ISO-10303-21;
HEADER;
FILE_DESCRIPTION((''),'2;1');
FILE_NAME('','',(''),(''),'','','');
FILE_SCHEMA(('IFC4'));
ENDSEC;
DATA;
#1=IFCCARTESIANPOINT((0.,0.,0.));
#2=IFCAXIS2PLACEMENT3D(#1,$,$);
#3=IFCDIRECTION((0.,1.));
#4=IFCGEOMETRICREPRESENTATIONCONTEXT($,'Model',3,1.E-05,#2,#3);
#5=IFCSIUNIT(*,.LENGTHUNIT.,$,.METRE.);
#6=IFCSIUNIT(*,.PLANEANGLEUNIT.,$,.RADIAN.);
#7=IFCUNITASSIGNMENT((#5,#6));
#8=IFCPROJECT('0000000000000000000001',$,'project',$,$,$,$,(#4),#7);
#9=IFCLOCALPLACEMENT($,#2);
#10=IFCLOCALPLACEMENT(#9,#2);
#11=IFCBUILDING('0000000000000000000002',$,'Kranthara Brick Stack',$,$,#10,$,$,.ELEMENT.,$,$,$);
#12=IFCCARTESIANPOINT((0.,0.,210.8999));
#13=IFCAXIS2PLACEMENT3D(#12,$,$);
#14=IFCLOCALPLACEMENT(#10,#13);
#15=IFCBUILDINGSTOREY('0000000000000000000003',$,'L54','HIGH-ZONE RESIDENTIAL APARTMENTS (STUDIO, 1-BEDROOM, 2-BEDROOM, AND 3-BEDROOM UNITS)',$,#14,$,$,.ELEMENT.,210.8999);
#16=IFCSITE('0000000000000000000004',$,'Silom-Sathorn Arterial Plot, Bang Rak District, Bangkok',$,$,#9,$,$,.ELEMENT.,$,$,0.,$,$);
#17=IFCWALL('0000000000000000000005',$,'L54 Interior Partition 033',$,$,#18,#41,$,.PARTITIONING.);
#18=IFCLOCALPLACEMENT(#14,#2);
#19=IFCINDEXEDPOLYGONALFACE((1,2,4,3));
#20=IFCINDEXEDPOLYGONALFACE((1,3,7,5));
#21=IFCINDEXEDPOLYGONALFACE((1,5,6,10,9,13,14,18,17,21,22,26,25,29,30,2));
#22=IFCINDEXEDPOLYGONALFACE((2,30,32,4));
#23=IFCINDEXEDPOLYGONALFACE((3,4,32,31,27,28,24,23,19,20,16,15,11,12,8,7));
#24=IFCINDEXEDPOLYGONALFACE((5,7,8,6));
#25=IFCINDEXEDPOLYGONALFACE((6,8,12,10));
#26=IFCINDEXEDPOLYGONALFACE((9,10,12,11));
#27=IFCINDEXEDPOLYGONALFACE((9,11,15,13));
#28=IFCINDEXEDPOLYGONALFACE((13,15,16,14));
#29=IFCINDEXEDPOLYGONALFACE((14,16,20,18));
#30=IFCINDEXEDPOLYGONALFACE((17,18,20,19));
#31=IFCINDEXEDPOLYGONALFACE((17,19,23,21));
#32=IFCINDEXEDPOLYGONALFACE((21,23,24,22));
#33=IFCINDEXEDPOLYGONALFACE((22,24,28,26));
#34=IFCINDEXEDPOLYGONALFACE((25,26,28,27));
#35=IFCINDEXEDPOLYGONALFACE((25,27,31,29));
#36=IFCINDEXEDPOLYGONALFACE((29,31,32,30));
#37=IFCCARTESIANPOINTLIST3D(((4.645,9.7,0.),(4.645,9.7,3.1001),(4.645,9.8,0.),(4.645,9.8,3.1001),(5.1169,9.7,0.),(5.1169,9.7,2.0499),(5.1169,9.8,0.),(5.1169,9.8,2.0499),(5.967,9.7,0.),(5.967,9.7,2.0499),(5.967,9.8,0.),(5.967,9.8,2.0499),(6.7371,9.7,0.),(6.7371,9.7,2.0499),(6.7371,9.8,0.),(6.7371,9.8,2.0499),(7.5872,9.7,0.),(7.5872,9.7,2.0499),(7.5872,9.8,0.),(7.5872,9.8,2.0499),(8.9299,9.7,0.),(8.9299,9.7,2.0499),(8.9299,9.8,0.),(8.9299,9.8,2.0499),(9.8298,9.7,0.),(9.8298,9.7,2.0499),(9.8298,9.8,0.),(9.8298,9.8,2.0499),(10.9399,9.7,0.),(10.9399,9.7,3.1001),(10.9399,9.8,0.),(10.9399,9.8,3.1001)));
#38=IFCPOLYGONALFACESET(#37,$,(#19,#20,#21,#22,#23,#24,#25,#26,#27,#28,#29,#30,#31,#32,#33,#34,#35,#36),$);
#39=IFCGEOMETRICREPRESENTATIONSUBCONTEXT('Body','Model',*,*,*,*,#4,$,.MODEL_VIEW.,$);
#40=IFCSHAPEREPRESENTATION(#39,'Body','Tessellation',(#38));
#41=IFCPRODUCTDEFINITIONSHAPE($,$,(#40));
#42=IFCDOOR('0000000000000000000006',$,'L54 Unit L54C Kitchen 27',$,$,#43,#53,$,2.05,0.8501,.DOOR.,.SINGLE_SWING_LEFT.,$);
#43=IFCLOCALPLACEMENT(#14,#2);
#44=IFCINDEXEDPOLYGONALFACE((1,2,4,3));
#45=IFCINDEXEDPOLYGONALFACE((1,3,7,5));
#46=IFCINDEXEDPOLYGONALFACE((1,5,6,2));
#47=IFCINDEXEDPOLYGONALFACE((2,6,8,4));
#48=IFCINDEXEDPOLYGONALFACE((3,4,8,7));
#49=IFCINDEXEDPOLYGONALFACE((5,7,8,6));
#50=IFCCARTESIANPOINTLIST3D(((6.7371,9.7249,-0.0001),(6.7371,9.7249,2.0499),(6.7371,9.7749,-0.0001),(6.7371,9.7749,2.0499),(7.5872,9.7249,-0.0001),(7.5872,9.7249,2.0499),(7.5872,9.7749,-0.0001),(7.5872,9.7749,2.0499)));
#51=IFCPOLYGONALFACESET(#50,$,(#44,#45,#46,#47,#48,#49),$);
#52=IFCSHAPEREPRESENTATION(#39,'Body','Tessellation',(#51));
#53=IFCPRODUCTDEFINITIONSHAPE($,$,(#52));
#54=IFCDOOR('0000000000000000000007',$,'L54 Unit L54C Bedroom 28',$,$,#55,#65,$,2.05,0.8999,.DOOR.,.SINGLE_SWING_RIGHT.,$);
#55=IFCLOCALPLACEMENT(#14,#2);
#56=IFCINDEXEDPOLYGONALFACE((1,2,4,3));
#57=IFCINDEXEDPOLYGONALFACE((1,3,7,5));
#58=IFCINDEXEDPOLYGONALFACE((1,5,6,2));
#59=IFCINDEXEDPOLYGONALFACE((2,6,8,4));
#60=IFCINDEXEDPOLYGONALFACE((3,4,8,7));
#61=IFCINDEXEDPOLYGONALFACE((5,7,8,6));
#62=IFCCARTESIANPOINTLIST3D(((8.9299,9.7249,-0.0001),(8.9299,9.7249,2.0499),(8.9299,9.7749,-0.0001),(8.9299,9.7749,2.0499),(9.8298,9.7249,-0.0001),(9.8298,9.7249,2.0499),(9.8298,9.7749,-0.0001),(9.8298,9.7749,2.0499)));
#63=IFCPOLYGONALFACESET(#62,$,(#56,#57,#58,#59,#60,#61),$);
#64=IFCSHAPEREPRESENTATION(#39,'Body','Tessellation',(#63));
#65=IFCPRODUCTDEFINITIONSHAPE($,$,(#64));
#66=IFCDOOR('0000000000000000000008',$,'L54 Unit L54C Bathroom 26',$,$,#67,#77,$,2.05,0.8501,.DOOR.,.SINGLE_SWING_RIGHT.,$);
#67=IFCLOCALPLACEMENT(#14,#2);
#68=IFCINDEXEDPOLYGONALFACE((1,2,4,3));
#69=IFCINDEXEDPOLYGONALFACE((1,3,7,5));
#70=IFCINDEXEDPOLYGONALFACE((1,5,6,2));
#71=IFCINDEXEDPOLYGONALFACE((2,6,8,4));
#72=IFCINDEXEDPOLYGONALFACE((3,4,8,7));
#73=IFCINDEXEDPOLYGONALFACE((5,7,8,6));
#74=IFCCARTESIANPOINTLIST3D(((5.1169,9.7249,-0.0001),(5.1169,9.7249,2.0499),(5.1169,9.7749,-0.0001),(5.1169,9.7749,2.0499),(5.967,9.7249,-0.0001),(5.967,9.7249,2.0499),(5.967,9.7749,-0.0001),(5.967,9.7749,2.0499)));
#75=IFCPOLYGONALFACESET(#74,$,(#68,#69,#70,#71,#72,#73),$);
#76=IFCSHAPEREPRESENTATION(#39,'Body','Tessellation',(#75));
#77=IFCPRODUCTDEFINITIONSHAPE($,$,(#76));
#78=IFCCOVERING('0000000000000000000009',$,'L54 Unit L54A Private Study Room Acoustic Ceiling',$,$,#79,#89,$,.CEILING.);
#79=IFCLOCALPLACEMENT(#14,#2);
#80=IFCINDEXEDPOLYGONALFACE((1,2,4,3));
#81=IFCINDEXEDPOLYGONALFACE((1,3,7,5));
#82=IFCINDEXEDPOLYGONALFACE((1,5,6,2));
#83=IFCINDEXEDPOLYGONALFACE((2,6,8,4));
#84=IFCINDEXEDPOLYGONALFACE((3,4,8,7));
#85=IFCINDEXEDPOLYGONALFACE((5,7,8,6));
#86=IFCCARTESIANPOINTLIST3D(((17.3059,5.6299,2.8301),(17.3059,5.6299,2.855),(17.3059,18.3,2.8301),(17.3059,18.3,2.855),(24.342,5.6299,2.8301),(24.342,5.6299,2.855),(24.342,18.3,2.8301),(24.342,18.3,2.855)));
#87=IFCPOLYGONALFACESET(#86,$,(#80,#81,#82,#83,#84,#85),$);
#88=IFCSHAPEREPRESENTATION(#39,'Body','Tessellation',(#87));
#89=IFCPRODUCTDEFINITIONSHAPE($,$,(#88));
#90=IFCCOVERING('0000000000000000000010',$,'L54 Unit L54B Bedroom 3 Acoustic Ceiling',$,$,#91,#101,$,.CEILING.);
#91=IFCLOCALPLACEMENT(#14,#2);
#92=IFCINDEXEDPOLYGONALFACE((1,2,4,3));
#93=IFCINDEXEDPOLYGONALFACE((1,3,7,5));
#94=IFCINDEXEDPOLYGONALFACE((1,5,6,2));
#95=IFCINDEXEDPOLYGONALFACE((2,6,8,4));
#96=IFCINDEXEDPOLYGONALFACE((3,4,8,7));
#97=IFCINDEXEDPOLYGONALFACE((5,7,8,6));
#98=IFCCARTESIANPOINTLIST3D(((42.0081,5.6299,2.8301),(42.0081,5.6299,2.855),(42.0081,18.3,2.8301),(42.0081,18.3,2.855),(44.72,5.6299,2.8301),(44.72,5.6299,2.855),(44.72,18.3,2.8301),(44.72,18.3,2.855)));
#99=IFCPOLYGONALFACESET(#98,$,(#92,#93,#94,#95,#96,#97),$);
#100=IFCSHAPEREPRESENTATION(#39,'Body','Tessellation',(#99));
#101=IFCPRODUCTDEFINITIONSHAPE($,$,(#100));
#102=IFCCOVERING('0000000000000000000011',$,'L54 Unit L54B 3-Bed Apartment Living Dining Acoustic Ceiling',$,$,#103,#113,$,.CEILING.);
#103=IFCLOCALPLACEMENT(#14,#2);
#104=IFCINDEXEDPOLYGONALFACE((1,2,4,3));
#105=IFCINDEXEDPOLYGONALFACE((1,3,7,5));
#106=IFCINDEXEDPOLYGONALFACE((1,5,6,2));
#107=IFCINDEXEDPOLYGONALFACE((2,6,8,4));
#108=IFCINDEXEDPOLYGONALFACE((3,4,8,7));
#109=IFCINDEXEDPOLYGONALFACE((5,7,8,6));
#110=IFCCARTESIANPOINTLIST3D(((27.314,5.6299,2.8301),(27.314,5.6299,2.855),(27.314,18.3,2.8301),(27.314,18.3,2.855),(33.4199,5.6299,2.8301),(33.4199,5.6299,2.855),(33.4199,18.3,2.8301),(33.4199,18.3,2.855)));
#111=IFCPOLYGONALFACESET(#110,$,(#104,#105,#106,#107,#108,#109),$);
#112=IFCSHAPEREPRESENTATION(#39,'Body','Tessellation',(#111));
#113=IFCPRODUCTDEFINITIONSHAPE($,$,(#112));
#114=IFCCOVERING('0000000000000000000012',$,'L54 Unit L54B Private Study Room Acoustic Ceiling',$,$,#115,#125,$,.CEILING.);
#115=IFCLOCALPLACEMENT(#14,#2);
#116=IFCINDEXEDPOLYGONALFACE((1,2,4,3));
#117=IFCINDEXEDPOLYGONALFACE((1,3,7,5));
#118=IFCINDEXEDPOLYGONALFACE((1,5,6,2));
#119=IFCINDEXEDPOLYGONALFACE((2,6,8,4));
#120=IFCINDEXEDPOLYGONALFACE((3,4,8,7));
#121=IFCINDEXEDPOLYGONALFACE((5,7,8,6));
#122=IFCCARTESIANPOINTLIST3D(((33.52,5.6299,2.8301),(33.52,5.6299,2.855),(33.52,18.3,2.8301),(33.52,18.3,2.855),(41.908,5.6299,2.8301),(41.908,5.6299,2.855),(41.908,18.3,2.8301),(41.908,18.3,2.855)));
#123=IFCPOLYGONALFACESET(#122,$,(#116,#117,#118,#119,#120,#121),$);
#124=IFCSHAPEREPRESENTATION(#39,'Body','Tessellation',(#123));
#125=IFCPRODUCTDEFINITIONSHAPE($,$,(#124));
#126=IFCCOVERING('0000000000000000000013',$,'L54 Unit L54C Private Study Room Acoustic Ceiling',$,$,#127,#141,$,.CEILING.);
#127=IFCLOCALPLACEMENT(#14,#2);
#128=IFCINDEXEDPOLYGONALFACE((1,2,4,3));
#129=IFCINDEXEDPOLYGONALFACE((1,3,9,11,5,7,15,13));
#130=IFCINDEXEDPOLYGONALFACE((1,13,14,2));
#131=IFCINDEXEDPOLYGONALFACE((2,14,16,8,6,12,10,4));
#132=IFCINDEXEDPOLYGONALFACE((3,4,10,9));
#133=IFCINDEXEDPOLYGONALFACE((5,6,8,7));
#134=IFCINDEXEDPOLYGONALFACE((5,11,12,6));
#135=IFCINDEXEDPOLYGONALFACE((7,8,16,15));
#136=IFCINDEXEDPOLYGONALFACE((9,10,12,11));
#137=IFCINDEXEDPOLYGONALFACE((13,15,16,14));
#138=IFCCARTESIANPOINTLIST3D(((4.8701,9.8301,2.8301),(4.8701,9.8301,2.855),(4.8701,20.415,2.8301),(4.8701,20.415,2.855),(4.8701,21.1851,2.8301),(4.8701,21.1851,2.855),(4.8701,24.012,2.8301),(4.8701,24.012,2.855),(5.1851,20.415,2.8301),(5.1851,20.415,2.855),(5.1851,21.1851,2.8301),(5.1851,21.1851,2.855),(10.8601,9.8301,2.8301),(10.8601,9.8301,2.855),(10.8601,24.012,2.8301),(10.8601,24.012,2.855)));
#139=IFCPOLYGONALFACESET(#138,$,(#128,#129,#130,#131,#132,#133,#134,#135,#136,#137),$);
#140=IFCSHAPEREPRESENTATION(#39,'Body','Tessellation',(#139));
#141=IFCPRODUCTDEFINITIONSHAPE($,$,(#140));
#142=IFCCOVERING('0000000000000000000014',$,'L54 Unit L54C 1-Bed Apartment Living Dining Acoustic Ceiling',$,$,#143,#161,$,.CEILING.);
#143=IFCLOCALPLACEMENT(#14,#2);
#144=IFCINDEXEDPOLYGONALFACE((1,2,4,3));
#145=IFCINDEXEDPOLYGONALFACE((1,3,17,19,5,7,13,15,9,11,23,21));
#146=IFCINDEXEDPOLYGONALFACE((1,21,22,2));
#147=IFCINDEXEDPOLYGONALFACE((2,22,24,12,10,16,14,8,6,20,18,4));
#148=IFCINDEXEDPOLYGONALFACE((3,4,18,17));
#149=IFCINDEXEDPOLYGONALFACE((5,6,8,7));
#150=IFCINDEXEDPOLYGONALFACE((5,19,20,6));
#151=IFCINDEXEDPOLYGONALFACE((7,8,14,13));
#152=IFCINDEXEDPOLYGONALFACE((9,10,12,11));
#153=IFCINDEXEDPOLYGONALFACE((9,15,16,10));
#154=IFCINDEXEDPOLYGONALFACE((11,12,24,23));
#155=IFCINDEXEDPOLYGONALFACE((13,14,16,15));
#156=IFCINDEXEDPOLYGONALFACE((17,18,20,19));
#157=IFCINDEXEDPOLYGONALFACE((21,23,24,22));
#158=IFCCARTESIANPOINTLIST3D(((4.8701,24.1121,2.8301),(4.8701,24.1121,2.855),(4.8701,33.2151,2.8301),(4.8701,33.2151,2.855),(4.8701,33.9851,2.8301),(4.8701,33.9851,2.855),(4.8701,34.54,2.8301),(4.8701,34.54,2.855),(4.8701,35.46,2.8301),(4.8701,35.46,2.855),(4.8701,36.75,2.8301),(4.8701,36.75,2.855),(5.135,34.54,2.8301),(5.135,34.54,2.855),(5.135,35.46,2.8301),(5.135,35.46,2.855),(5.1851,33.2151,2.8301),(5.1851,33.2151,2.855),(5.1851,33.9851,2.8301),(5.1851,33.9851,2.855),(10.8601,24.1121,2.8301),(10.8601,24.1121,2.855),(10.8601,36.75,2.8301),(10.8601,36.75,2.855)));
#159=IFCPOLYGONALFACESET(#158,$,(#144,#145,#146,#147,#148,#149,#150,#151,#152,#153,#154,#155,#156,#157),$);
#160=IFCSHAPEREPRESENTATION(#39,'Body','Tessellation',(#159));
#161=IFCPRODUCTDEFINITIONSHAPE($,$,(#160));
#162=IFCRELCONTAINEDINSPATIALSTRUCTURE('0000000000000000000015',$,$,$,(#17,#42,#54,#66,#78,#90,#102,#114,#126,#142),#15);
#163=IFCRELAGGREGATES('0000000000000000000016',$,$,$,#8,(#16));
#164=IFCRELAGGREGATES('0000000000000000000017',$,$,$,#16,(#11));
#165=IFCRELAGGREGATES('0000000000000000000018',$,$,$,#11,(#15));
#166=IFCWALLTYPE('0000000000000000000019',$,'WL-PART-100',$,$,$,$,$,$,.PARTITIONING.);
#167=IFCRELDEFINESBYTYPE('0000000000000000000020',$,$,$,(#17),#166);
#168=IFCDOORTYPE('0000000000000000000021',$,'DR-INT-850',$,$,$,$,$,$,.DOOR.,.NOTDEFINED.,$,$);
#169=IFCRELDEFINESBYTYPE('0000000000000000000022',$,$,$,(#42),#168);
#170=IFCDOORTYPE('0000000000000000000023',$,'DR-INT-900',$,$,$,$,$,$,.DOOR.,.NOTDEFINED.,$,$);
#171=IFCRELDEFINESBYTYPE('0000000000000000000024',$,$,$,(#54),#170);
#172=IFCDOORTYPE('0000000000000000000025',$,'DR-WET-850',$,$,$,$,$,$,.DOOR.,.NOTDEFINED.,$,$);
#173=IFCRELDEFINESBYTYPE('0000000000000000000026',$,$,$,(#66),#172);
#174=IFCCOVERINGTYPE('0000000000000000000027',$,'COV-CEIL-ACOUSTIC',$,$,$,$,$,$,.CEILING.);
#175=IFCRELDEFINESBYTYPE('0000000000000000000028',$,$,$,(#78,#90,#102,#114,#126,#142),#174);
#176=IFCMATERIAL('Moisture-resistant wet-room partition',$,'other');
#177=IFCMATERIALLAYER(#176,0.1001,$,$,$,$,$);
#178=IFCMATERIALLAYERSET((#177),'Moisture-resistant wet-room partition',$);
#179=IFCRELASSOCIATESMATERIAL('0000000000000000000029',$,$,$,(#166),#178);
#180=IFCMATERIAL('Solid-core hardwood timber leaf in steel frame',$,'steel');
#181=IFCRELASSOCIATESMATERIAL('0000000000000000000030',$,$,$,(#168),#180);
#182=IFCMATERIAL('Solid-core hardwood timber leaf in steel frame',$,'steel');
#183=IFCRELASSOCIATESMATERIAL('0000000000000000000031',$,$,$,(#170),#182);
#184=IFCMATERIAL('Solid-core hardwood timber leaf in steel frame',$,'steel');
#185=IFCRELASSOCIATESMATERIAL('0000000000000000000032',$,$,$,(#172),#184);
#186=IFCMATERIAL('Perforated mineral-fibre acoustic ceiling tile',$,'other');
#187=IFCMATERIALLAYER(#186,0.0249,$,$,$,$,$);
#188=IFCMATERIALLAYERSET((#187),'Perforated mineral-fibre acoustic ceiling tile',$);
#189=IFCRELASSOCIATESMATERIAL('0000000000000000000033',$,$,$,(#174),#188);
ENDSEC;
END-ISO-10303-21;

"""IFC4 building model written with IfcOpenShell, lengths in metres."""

from ifc_helpers import new_model, si_unit, direction, frame, frame_2d, origin, place, context, subcontext, project, spatial, polyline, rectangle, outline, extrude, material, layer, layer_set, type_object, element, fill, save


model = new_model("IFC4")

# Units and contexts
model_context = context("Model", 3, precision=1e-05, world=origin(), true_north=direction((0.0, 1.0)))
body_context = subcontext(model_context, "Body", "Model", "MODEL_VIEW")
ifc_project = project(units=[si_unit("LENGTHUNIT", "METRE"), si_unit("PLANEANGLEUNIT", "RADIAN")], contexts=[model_context])

# Site, building, storey
site_placement = place(None, origin())
site = spatial("IfcSite", under=ifc_project, at=site_placement, Name="Silom-Sathorn Arterial Plot, Bang Rak District, Bangkok", CompositionType="ELEMENT", RefElevation=0.0)
building_placement = place(site_placement, origin())
building = spatial("IfcBuilding", under=site, at=building_placement, Name="Kranthara Brick Stack", CompositionType="ELEMENT")
storey_placement = place(building_placement, frame((0.0, 0.0, 210.8999)))
storey = spatial("IfcBuildingStorey", under=building, at=storey_placement, Name="L54", Description="HIGH-ZONE RESIDENTIAL APARTMENTS (STUDIO, 1-BEDROOM, 2-BEDROOM, AND 3-BEDROOM UNITS)", CompositionType="ELEMENT", Elevation=210.8999)

# Wall, openings, doors
ifc_material_1 = material(Name="Moisture-resistant wet-room partition", Category="other")
ifc_layer_1 = layer(ifc_material_1, 0.1001)
ifc_layer_set_1 = layer_set([ifc_layer_1], Name="Moisture-resistant wet-room partition")
wall_type_1 = type_object("IfcWallType", Name="WL-PART-100", PredefinedType="PARTITIONING", material=ifc_layer_set_1)
wall_1_placement = place(storey_placement, frame((4.645, 9.75, 0.0), z_axis=(0.0, 0.0, 1.0), x_axis=(1.0, 0.0, 0.0)))
wall_1 = element("IfcWall", 1, at=wall_1_placement, inside=storey, type_object=wall_type_1, Name="L54 Interior Partition 033", PredefinedType="PARTITIONING", context=body_context, shape_type="SweptSolid", body=[
    extrude(rectangle(XDim=6.2949, YDim=0.1001, at=frame_2d((3.1475, 0.0))), origin(), (0.0, 0.0, 1.0), 3.1001),
])
opening_1_placement = place(wall_1_placement, frame((0.4719, 0.0, 0.0)))
opening_1 = element("IfcOpeningElement", 2, at=opening_1_placement, cuts=wall_1, PredefinedType="OPENING", context=body_context, shape_type="SweptSolid", body=[
    extrude(rectangle(XDim=0.8501, YDim=2.05, at=frame_2d((0.425, 1.0249))), frame((0.0, 0.0601, 0.0), z_axis=(0.0, -1.0, 0.0), x_axis=(1.0, 0.0, 0.0)), (0.0, 0.0, 1.0), 0.1201),
])
opening_2_placement = place(wall_1_placement, frame((2.092, 0.0, 0.0)))
opening_2 = element("IfcOpeningElement", 3, at=opening_2_placement, cuts=wall_1, PredefinedType="OPENING", context=body_context, shape_type="SweptSolid", body=[
    extrude(rectangle(XDim=0.8501, YDim=2.05, at=frame_2d((0.425, 1.0249))), frame((0.0, 0.0601, 0.0), z_axis=(0.0, -1.0, 0.0), x_axis=(1.0, 0.0, 0.0)), (0.0, 0.0, 1.0), 0.1201),
])
opening_3_placement = place(wall_1_placement, frame((4.2849, 0.0, 0.0)))
opening_3 = element("IfcOpeningElement", 4, at=opening_3_placement, cuts=wall_1, PredefinedType="OPENING", context=body_context, shape_type="SweptSolid", body=[
    extrude(rectangle(XDim=0.8999, YDim=2.05, at=frame_2d((0.45, 1.0249))), frame((0.0, 0.0601, 0.0), z_axis=(0.0, -1.0, 0.0), x_axis=(1.0, 0.0, 0.0)), (0.0, 0.0, 1.0), 0.1201),
])
ifc_material_2 = material(Name="Solid-core hardwood timber leaf in steel frame", Category="steel")
door_type_1 = type_object("IfcDoorType", Name="DR-INT-850", OperationType="NOTDEFINED", PredefinedType="DOOR", material=ifc_material_2)
door_1_placement = place(opening_2_placement, origin())
door_1 = element("IfcDoor", 5, at=door_1_placement, inside=storey, type_object=door_type_1, Name="L54 Unit L54C Kitchen 27", OperationType="SINGLE_SWING_LEFT", OverallHeight=2.05, OverallWidth=0.8501, PredefinedType="DOOR", context=body_context, shape_type="SweptSolid", body=[
    extrude(rectangle(XDim=0.8501, YDim=2.05, at=frame_2d((0.425, 1.0249))), frame((0.0, 0.0249, 0.0), z_axis=(0.0, -1.0, 0.0), x_axis=(1.0, 0.0, 0.0)), (0.0, 0.0, 1.0), 0.05),
])
fill(opening_2, door_1)
ifc_material_3 = material(Name="Solid-core hardwood timber leaf in steel frame", Category="steel")
door_type_2 = type_object("IfcDoorType", Name="DR-INT-900", OperationType="NOTDEFINED", PredefinedType="DOOR", material=ifc_material_3)
door_2_placement = place(opening_3_placement, origin())
door_2 = element("IfcDoor", 6, at=door_2_placement, inside=storey, type_object=door_type_2, Name="L54 Unit L54C Bedroom 28", OperationType="SINGLE_SWING_RIGHT", OverallHeight=2.05, OverallWidth=0.8999, PredefinedType="DOOR", context=body_context, shape_type="SweptSolid", body=[
    extrude(rectangle(XDim=0.8999, YDim=2.05, at=frame_2d((0.45, 1.0249))), frame((0.0, 0.0249, 0.0), z_axis=(0.0, -1.0, 0.0), x_axis=(1.0, 0.0, 0.0)), (0.0, 0.0, 1.0), 0.05),
])
fill(opening_3, door_2)
ifc_material_4 = material(Name="Solid-core hardwood timber leaf in steel frame", Category="steel")
door_type_3 = type_object("IfcDoorType", Name="DR-WET-850", OperationType="NOTDEFINED", PredefinedType="DOOR", material=ifc_material_4)
door_3_placement = place(opening_1_placement, origin())
door_3 = element("IfcDoor", 7, at=door_3_placement, inside=storey, type_object=door_type_3, Name="L54 Unit L54C Bathroom 26", OperationType="SINGLE_SWING_RIGHT", OverallHeight=2.05, OverallWidth=0.8501, PredefinedType="DOOR", context=body_context, shape_type="SweptSolid", body=[
    extrude(rectangle(XDim=0.8501, YDim=2.05, at=frame_2d((0.425, 1.0249))), frame((0.0, 0.0249, 0.0), z_axis=(0.0, -1.0, 0.0), x_axis=(1.0, 0.0, 0.0)), (0.0, 0.0, 1.0), 0.05),
])
fill(opening_1, door_3)

# Coverings
ifc_material_5 = material(Name="Perforated mineral-fibre acoustic ceiling tile", Category="other")
ifc_layer_2 = layer(ifc_material_5, 0.0249)
ifc_layer_set_2 = layer_set([ifc_layer_2], Name="Perforated mineral-fibre acoustic ceiling tile")
covering_type = type_object("IfcCoveringType", Name="COV-CEIL-ACOUSTIC", PredefinedType="CEILING", material=ifc_layer_set_2)
covering_1_placement = place(storey_placement, frame((0.0, 0.0, 2.8301)))
element("IfcCovering", 8, at=covering_1_placement, inside=storey, type_object=covering_type, Name="L54 Unit L54A Private Study Room Acoustic Ceiling", PredefinedType="CEILING", context=body_context, shape_type="SweptSolid", body=[
    extrude(outline(polyline([(24.342, 5.6299), (24.342, 18.3), (17.3059, 18.3), (17.3059, 5.6299), (24.342, 5.6299)])), origin(), (0.0, 0.0, 1.0), 0.0249),
])
covering_2_placement = place(storey_placement, frame((0.0, 0.0, 2.8301)))
element("IfcCovering", 9, at=covering_2_placement, inside=storey, type_object=covering_type, Name="L54 Unit L54B Bedroom 3 Acoustic Ceiling", PredefinedType="CEILING", context=body_context, shape_type="SweptSolid", body=[
    extrude(outline(polyline([(44.72, 5.6299), (44.72, 18.3), (42.0081, 18.3), (42.0081, 5.6299), (44.72, 5.6299)])), origin(), (0.0, 0.0, 1.0), 0.0249),
])
covering_3_placement = place(storey_placement, frame((0.0, 0.0, 2.8301)))
element("IfcCovering", 10, at=covering_3_placement, inside=storey, type_object=covering_type, Name="L54 Unit L54B 3-Bed Apartment Living Dining Acoustic Ceiling", PredefinedType="CEILING", context=body_context, shape_type="SweptSolid", body=[
    extrude(outline(polyline([(33.4199, 5.6299), (33.4199, 18.3), (27.314, 18.3), (27.314, 5.6299), (33.4199, 5.6299)])), origin(), (0.0, 0.0, 1.0), 0.0249),
])
covering_4_placement = place(storey_placement, frame((0.0, 0.0, 2.8301)))
element("IfcCovering", 11, at=covering_4_placement, inside=storey, type_object=covering_type, Name="L54 Unit L54B Private Study Room Acoustic Ceiling", PredefinedType="CEILING", context=body_context, shape_type="SweptSolid", body=[
    extrude(outline(polyline([(41.908, 5.6299), (41.908, 18.3), (33.52, 18.3), (33.52, 5.6299), (41.908, 5.6299)])), origin(), (0.0, 0.0, 1.0), 0.0249),
])
covering_5_placement = place(storey_placement, frame((0.0, 0.0, 2.8301)))
element("IfcCovering", 12, at=covering_5_placement, inside=storey, type_object=covering_type, Name="L54 Unit L54C Private Study Room Acoustic Ceiling", PredefinedType="CEILING", context=body_context, shape_type="SweptSolid", body=[
    extrude(outline(polyline([(4.8701, 24.012), (10.8601, 24.012), (10.8601, 9.8301), (4.8701, 9.8301), (4.8701, 20.415), (5.1851, 20.415), (5.1851, 21.1851), (4.8701, 21.1851), (4.8701, 24.012)])), origin(), (0.0, 0.0, 1.0), 0.0249),
])
covering_6_placement = place(storey_placement, frame((0.0, 0.0, 2.8301)))
element("IfcCovering", 13, at=covering_6_placement, inside=storey, type_object=covering_type, Name="L54 Unit L54C 1-Bed Apartment Living Dining Acoustic Ceiling", PredefinedType="CEILING", context=body_context, shape_type="SweptSolid", body=[
    extrude(outline(polyline([(10.8601, 36.75), (10.8601, 24.1121), (4.8701, 24.1121), (4.8701, 33.2151), (5.1851, 33.2151), (5.1851, 33.9851), (4.8701, 33.9851), (4.8701, 34.54), (5.135, 34.54), (5.135, 35.46), (4.8701, 35.46), (4.8701, 36.75), (10.8601, 36.75)])), origin(), (0.0, 0.0, 1.0), 0.0249),
])

save(model, "model.ifc")
